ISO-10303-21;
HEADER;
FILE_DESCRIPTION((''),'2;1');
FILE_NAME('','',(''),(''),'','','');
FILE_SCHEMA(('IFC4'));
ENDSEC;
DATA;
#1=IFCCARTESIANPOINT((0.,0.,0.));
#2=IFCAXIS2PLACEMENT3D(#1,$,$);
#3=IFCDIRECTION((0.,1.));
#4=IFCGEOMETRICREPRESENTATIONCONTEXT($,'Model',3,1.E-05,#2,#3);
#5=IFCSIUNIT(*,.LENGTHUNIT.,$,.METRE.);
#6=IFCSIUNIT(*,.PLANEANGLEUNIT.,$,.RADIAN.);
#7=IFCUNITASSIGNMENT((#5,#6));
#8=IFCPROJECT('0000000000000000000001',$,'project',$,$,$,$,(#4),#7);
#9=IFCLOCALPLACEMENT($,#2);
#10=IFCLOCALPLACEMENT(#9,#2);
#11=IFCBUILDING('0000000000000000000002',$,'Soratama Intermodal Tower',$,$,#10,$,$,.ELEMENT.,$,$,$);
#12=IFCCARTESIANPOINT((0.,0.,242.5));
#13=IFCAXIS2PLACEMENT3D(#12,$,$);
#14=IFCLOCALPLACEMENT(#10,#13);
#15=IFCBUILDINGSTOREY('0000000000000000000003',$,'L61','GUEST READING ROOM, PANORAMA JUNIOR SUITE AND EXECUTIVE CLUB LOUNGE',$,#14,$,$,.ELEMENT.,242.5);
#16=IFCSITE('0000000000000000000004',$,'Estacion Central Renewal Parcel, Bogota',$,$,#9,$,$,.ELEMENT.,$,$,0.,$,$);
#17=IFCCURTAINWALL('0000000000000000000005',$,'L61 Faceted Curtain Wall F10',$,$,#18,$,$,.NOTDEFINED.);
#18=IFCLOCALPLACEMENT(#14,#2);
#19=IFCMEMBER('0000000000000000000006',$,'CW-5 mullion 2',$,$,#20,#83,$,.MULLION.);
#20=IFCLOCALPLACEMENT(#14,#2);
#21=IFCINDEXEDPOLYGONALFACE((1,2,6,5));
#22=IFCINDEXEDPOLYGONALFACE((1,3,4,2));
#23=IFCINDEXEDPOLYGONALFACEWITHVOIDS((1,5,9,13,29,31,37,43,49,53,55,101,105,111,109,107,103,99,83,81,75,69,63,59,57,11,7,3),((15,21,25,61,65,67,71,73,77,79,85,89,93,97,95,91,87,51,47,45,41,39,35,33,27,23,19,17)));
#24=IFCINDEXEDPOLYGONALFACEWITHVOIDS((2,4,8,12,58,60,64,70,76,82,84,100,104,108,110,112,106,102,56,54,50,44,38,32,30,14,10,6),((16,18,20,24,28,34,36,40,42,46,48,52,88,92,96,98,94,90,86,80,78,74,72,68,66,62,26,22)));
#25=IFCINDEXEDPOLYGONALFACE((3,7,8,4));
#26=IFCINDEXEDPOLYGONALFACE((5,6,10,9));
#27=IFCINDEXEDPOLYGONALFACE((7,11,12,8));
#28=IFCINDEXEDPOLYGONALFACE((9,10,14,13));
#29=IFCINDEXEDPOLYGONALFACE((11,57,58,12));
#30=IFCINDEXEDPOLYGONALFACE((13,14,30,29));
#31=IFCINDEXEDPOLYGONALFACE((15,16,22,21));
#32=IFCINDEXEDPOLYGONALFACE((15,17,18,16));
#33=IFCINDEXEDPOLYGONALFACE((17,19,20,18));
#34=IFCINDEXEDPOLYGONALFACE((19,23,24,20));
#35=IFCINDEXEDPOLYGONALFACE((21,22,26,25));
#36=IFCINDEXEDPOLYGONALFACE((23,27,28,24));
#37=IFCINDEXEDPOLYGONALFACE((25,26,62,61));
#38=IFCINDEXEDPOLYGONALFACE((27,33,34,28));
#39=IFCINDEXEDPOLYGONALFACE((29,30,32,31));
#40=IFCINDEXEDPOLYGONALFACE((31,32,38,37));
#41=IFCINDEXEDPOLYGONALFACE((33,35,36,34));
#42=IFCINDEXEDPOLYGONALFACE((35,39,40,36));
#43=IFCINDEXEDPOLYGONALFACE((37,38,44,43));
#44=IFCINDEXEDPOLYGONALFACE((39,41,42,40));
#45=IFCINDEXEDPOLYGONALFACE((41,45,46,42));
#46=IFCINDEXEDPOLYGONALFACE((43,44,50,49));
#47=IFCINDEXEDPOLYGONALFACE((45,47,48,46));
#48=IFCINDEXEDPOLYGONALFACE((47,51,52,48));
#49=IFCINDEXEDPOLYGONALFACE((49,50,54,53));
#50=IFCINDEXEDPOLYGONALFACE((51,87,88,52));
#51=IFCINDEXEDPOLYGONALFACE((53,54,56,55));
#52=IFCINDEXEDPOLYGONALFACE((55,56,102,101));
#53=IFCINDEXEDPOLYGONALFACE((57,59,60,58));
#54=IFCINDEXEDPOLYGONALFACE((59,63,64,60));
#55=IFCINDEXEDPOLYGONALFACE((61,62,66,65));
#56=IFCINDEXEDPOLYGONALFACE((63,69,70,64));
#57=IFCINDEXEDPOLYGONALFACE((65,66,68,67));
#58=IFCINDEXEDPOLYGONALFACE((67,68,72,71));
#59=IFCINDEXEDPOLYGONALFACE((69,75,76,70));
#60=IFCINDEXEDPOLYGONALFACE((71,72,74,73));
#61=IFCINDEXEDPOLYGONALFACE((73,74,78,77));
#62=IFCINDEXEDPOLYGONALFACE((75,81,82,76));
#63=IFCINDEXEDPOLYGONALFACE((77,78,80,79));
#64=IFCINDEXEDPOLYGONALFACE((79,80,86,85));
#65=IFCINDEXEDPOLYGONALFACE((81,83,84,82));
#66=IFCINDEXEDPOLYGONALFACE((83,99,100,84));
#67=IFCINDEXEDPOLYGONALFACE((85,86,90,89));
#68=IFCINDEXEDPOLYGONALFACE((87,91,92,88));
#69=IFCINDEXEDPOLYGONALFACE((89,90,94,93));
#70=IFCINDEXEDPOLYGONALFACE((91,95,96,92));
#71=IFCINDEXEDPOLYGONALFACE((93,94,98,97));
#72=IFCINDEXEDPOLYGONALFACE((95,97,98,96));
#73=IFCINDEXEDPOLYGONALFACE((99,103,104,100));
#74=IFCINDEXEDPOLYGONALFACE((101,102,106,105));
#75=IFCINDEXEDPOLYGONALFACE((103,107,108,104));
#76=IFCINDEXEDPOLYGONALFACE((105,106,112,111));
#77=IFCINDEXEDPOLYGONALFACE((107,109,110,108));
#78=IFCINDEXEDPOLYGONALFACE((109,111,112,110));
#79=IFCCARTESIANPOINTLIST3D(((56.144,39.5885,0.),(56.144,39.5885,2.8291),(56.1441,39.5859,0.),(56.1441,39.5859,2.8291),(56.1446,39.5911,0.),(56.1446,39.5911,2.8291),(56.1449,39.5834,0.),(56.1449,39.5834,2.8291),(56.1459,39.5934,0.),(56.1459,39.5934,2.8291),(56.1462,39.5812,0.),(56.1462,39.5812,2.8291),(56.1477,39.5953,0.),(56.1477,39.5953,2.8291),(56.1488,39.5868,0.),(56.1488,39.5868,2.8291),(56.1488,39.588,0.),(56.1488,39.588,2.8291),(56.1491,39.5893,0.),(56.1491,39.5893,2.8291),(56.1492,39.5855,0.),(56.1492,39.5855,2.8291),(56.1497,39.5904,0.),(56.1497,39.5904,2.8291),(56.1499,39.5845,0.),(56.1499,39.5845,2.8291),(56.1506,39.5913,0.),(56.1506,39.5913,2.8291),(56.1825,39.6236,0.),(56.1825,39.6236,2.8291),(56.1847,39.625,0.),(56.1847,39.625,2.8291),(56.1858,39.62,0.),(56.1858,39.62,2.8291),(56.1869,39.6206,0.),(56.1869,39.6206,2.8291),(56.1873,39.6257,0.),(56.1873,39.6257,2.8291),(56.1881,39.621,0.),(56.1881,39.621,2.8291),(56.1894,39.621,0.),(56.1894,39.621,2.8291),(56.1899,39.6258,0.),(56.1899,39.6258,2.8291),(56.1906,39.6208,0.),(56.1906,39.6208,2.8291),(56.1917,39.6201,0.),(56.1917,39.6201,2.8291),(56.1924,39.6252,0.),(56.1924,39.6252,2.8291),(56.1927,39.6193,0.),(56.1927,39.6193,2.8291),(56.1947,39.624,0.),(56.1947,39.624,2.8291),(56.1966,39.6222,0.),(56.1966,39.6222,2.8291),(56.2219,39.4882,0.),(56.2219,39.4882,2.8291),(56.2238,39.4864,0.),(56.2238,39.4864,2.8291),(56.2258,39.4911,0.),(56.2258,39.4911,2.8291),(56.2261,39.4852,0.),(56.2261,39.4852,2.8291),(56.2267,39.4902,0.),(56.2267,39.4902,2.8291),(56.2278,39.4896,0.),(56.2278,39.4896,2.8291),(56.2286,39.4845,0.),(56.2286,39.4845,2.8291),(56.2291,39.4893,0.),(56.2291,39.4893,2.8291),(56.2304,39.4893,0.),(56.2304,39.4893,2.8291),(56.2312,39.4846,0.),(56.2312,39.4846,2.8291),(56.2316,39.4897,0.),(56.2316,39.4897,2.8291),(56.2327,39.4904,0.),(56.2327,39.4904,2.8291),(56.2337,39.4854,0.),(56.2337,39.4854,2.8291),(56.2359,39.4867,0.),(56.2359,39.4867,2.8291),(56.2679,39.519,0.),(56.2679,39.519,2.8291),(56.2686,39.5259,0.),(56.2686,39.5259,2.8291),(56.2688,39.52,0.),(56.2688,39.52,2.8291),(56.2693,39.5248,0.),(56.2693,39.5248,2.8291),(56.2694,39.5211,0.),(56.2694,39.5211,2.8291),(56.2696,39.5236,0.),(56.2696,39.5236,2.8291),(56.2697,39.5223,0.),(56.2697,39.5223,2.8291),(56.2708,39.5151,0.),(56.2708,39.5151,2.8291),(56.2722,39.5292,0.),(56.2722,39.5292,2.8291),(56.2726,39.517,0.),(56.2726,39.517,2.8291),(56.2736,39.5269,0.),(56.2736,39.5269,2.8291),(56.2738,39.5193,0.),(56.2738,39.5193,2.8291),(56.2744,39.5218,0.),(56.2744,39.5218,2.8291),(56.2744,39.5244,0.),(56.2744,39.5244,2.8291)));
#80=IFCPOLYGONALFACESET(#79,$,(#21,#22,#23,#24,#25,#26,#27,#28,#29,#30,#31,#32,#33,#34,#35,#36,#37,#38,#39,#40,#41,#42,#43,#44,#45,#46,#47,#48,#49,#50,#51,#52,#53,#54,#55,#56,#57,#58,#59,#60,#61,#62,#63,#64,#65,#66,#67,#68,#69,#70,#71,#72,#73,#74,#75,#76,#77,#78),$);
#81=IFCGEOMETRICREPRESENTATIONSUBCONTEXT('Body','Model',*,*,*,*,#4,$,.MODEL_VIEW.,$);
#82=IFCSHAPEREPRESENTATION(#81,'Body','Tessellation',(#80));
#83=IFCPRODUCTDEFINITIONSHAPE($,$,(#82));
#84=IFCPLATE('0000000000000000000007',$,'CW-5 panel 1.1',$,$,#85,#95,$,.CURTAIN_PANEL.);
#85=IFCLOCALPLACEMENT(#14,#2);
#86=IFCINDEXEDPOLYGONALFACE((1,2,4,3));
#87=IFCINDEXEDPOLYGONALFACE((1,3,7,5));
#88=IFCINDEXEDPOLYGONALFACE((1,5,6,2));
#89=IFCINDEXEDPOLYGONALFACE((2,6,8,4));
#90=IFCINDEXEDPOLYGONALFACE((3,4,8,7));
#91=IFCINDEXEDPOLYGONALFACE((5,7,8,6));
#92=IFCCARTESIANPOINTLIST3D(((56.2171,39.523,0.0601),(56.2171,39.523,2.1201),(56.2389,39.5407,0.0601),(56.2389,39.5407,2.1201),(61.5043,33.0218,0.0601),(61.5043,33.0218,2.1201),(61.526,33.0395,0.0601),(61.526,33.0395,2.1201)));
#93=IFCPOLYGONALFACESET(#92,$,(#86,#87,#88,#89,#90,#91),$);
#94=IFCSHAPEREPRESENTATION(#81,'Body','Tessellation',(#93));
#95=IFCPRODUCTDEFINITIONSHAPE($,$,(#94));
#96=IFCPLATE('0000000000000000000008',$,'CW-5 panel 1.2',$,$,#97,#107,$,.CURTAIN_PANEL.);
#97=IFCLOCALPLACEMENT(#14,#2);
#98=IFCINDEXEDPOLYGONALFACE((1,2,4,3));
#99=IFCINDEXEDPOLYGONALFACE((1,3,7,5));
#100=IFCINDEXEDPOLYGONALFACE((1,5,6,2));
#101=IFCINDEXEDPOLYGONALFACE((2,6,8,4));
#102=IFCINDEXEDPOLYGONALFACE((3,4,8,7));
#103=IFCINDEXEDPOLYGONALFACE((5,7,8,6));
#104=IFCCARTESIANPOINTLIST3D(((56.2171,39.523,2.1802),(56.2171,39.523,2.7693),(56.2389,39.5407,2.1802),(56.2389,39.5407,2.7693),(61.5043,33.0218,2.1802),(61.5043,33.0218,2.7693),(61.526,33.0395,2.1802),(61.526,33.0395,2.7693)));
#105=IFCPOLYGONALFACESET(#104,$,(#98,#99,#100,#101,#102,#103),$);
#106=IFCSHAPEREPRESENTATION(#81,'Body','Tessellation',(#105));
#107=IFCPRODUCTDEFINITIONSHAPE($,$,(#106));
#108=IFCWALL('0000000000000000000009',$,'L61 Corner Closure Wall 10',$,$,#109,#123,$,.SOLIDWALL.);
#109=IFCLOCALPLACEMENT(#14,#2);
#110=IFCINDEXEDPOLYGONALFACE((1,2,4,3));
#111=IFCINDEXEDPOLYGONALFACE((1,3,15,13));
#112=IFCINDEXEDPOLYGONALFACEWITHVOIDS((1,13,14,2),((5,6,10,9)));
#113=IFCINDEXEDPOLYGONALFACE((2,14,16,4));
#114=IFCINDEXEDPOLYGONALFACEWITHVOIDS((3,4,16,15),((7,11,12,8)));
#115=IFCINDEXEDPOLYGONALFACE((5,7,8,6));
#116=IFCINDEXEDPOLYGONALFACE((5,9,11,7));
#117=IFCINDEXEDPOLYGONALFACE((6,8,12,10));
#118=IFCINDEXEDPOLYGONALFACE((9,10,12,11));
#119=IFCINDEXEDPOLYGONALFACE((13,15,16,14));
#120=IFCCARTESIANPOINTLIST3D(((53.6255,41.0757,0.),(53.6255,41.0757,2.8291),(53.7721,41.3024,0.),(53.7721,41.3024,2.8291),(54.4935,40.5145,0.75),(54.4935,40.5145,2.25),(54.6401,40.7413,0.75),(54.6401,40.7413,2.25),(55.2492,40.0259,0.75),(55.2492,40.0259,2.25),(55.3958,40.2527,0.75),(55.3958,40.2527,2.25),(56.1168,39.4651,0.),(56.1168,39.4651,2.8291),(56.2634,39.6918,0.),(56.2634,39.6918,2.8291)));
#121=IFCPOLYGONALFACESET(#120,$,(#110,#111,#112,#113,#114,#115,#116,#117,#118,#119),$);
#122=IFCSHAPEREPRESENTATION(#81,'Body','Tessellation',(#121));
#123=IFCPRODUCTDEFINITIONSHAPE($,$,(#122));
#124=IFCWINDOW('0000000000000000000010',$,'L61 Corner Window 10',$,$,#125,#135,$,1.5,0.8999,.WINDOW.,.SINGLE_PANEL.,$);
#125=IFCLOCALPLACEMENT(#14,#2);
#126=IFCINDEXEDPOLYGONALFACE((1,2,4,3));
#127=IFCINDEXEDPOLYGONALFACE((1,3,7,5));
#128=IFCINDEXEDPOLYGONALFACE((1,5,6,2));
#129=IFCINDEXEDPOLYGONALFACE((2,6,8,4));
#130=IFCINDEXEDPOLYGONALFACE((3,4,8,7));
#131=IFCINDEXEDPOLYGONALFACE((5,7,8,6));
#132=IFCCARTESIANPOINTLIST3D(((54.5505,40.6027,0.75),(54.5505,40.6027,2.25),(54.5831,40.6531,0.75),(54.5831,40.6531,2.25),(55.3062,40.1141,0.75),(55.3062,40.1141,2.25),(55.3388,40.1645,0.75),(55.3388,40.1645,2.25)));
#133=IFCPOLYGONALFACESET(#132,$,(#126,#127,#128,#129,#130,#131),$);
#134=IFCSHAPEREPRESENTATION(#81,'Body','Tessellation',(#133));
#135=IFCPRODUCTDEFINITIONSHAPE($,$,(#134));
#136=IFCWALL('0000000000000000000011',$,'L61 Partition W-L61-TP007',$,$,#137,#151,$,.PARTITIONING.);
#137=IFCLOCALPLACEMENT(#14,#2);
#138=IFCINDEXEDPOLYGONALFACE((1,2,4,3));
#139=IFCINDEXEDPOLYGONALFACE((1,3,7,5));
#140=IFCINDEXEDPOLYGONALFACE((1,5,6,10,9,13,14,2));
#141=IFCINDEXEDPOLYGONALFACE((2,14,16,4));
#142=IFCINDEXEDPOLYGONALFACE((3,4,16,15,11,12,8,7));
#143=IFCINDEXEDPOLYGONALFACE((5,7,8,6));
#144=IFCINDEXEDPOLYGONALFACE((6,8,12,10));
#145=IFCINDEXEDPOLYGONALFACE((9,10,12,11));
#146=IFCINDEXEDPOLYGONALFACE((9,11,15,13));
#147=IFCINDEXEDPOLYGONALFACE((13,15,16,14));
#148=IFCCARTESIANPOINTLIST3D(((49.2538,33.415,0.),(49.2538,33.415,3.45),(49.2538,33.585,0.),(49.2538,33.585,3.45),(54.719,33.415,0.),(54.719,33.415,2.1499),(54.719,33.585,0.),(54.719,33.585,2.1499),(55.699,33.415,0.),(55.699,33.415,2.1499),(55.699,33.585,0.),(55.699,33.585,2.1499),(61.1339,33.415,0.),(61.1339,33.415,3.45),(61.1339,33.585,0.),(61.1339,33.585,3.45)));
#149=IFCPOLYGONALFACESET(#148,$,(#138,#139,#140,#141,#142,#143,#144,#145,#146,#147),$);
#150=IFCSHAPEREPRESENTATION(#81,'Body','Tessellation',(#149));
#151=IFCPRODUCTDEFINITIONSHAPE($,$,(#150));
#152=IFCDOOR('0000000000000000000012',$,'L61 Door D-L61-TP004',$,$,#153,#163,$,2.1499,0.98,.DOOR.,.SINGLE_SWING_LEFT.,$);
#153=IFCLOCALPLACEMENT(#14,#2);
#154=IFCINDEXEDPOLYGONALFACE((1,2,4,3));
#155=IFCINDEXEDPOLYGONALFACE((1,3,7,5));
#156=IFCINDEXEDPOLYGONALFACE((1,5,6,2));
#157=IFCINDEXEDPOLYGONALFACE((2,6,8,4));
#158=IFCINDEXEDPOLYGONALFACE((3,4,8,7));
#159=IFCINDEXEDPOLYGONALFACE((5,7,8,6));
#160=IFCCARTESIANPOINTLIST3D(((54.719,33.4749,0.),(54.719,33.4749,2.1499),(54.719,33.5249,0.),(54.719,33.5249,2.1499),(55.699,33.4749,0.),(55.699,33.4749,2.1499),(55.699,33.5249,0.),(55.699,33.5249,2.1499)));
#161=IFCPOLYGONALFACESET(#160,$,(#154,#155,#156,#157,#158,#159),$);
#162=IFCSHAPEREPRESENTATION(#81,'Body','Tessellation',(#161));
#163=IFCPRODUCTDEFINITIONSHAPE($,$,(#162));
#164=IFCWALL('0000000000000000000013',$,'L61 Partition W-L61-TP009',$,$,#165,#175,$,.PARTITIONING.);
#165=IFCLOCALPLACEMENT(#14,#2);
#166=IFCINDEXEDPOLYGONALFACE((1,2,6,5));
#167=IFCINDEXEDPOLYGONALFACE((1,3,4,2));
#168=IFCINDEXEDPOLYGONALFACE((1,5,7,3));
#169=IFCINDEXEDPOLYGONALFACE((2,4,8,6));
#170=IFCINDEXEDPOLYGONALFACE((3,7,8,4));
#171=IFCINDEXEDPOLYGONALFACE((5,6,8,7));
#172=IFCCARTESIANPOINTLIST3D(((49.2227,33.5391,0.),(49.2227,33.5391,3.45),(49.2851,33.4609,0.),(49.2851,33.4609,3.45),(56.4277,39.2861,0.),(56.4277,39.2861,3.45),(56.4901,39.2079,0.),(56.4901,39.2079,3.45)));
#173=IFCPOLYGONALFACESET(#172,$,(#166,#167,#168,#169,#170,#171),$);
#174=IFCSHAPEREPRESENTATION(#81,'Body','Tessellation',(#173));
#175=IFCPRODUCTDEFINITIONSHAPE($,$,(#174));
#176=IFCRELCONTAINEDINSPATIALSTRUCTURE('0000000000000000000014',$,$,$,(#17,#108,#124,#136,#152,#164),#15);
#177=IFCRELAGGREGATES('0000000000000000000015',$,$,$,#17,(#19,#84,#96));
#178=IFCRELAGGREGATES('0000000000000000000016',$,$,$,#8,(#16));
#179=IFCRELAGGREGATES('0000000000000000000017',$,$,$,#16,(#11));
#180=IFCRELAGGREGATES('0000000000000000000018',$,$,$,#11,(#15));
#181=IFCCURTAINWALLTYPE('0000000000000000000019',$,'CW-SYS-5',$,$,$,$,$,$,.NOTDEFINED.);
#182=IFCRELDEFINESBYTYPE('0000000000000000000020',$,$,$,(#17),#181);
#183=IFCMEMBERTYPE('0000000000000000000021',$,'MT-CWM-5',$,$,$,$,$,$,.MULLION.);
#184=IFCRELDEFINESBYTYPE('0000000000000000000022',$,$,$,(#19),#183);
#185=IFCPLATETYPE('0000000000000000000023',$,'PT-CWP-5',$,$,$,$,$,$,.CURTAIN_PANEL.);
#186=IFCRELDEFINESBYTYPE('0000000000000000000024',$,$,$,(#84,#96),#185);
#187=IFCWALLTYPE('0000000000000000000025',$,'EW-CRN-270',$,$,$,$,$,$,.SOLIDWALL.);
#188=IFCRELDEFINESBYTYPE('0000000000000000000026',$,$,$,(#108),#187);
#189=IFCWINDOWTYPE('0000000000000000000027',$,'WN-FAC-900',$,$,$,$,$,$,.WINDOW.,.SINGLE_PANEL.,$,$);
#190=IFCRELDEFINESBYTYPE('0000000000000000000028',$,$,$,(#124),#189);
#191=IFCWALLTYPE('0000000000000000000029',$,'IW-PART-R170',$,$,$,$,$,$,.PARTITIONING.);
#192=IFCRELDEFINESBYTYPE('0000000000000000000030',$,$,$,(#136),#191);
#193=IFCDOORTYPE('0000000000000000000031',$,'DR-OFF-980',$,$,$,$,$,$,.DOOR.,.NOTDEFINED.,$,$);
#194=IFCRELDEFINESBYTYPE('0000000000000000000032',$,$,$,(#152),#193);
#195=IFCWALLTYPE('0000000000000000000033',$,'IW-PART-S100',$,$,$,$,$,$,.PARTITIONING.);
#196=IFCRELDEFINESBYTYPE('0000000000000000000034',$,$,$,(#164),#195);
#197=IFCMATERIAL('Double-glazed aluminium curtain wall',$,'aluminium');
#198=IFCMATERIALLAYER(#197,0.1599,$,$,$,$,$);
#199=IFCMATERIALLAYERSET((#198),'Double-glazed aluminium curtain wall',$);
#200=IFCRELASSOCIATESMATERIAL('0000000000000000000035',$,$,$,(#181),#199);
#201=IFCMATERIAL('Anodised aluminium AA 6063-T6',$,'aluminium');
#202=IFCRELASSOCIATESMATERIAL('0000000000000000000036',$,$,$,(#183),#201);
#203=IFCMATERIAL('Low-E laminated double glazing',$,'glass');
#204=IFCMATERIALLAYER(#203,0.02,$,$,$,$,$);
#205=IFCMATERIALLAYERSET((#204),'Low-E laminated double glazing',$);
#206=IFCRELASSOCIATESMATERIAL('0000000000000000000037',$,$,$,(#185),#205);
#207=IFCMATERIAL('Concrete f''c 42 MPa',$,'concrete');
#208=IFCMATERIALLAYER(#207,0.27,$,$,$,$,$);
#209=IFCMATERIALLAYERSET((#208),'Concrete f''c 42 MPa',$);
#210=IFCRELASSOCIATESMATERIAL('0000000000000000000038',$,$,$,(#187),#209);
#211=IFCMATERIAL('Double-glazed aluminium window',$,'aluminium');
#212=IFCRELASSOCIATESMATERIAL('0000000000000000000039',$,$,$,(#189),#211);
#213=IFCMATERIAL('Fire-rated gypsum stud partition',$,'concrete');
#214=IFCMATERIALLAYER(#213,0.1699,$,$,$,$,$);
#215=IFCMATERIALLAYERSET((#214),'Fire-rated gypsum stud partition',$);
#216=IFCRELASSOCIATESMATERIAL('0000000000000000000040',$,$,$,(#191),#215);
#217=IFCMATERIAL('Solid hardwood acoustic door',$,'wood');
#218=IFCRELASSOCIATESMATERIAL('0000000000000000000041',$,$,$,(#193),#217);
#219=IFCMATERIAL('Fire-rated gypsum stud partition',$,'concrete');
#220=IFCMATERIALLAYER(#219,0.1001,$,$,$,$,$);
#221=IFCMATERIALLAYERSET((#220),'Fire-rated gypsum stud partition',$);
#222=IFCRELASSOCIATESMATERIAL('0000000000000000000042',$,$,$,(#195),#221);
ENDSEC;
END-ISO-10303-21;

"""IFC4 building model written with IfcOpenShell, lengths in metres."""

from ifc_helpers import new_model, si_unit, direction, frame, frame_2d, origin, origin_2d, place, context, subcontext, project, spatial, rectangle, hollow_rectangle, extrude, material, layer, layer_set, material_profile, profile_set, type_object, element, fill, aggregate, save


model = new_model("IFC4")

# Units and contexts
model_context = context("Model", 3, precision=1e-05, world=origin(), true_north=direction((0.0, 1.0)))
body_context = subcontext(model_context, "Body", "Model", "MODEL_VIEW")
ifc_project = project(units=[si_unit("LENGTHUNIT", "METRE"), si_unit("PLANEANGLEUNIT", "RADIAN")], contexts=[model_context])

# Site, building, storey
site_placement = place(None, origin())
site = spatial("IfcSite", under=ifc_project, at=site_placement, Name="Estacion Central Renewal Parcel, Bogota", CompositionType="ELEMENT", RefElevation=0.0)
building_placement = place(site_placement, origin())
building = spatial("IfcBuilding", under=site, at=building_placement, Name="Soratama Intermodal Tower", CompositionType="ELEMENT")
storey_placement = place(building_placement, frame((0.0, 0.0, 242.5)))
storey = spatial("IfcBuildingStorey", under=building, at=storey_placement, Name="L61", Description="GUEST READING ROOM, PANORAMA JUNIOR SUITE AND EXECUTIVE CLUB LOUNGE", CompositionType="ELEMENT", Elevation=242.5)

# Curtain wall, member, plates
ifc_material_1 = material(Name="Double-glazed aluminium curtain wall", Category="aluminium")
ifc_layer_1 = layer(ifc_material_1, 0.1599)
ifc_layer_set_1 = layer_set([ifc_layer_1], Name="Double-glazed aluminium curtain wall")
curtain_wall_type = type_object("IfcCurtainWallType", Name="CW-SYS-5", PredefinedType="NOTDEFINED", material=ifc_layer_set_1)
curtain_wall_placement = place(storey_placement, origin())
curtain_wall = element("IfcCurtainWall", 1, at=curtain_wall_placement, inside=storey, type_object=curtain_wall_type, Name="L61 Faceted Curtain Wall F10", PredefinedType="NOTDEFINED")
ifc_material_2 = material(Name="Anodised aluminium AA 6063-T6", Category="aluminium")
ifc_material_profile_1 = material_profile(ifc_material_2, hollow_rectangle(XDim=0.0649, YDim=0.1399, WallThickness=0.0049, InnerFilletRadius=0.0049, OuterFilletRadius=0.01, at=origin_2d()), Name="CWM140X65X5")
ifc_profile_set_1 = profile_set([ifc_material_profile_1], Name="Anodised aluminium AA 6063-T6")
member_type = type_object("IfcMemberType", Name="MT-CWM-5", PredefinedType="MULLION", material=ifc_profile_set_1)
member_placement = place(storey_placement, frame((56.2092, 39.5552, 0.0), z_axis=(0.0, 0.0, 1.0), x_axis=(-0.775824, -0.630949, 0.0)))
member = element("IfcMember", 2, at=member_placement, type_object=member_type, Name="CW-5 mullion 2", PredefinedType="MULLION", context=body_context, shape_type="SweptSolid", body=[
    extrude(hollow_rectangle(XDim=0.0649, YDim=0.1399, WallThickness=0.0049, InnerFilletRadius=0.0049, OuterFilletRadius=0.01, at=origin_2d()), origin(), (0.0, 0.0, 1.0), 2.8291),
])
ifc_material_3 = material(Name="Low-E laminated double glazing", Category="glass")
ifc_layer_2 = layer(ifc_material_3, 0.02)
ifc_layer_set_2 = layer_set([ifc_layer_2], Name="Low-E laminated double glazing")
plate_type = type_object("IfcPlateType", Name="PT-CWP-5", PredefinedType="CURTAIN_PANEL", material=ifc_layer_set_2)
plate_1_placement = place(storey_placement, frame((58.8716, 36.2812, 0.0601), z_axis=(0.0, 0.0, 1.0), x_axis=(-0.630949, 0.775824, 0.0)))
plate_1 = element("IfcPlate", 3, at=plate_1_placement, type_object=plate_type, Name="CW-5 panel 1.1", PredefinedType="CURTAIN_PANEL", context=body_context, shape_type="SweptSolid", body=[
    extrude(rectangle(XDim=8.3796, YDim=0.0281, at=origin_2d()), origin(), (0.0, 0.0, 1.0), 2.0601),
])
plate_2_placement = place(storey_placement, frame((58.8716, 36.2812, 2.1802), z_axis=(0.0, 0.0, 1.0), x_axis=(-0.630949, 0.775824, 0.0)))
plate_2 = element("IfcPlate", 4, at=plate_2_placement, type_object=plate_type, Name="CW-5 panel 1.2", PredefinedType="CURTAIN_PANEL", context=body_context, shape_type="SweptSolid", body=[
    extrude(rectangle(XDim=8.3796, YDim=0.0281, at=origin_2d()), origin(), (0.0, 0.0, 1.0), 0.5891),
])
aggregate(curtain_wall, [member, plate_1, plate_2])

# Wall, opening, window
ifc_material_4 = material(Name="Concrete f'c 42 MPa", Category="concrete")
ifc_layer_3 = layer(ifc_material_4, 0.27)
ifc_layer_set_3 = layer_set([ifc_layer_3], Name="Concrete f'c 42 MPa")
wall_type_1 = type_object("IfcWallType", Name="EW-CRN-270", PredefinedType="SOLIDWALL", material=ifc_layer_set_3)
wall_1_placement = place(storey_placement, frame((56.1902, 39.5784, 0.0), z_axis=(0.0, 0.0, 1.0), x_axis=(-0.83978, 0.542927, 0.0)))
wall_1 = element("IfcWall", 5, at=wall_1_placement, inside=storey, type_object=wall_type_1, Name="L61 Corner Closure Wall 10", PredefinedType="SOLIDWALL", context=body_context, shape_type="SweptSolid", body=[
    extrude(rectangle(XDim=2.9666, YDim=0.27, at=frame_2d((1.4834, 0.0))), origin(), (0.0, 0.0, 1.0), 2.8291),
])
opening_1_placement = place(wall_1_placement, frame((1.0332, 0.0, 0.75)))
opening_1 = element("IfcOpeningElement", 6, at=opening_1_placement, cuts=wall_1, PredefinedType="OPENING", context=body_context, shape_type="SweptSolid", body=[
    extrude(rectangle(XDim=0.8999, YDim=1.5, at=frame_2d((0.45, 0.75))), frame((0.0, 0.145, 0.0), z_axis=(0.0, -1.0, 0.0), x_axis=(1.0, 0.0, 0.0)), (0.0, 0.0, 1.0), 0.29),
])
ifc_material_5 = material(Name="Double-glazed aluminium window", Category="aluminium")
window_type_1 = type_object("IfcWindowType", Name="WN-FAC-900", PartitioningType="SINGLE_PANEL", PredefinedType="WINDOW", material=ifc_material_5)
window_1_placement = place(opening_1_placement, origin())
window_1 = element("IfcWindow", 7, at=window_1_placement, inside=storey, type_object=window_type_1, Name="L61 Corner Window 10", OverallHeight=1.5, OverallWidth=0.8999, PartitioningType="SINGLE_PANEL", PredefinedType="WINDOW", context=body_context, shape_type="SweptSolid", body=[
    extrude(rectangle(XDim=0.8999, YDim=1.5, at=frame_2d((0.45, 0.75))), frame((0.0, 0.03, 0.0), z_axis=(0.0, -1.0, 0.0), x_axis=(1.0, 0.0, 0.0)), (0.0, 0.0, 1.0), 0.0601),
])
fill(opening_1, window_1)

# Wall, opening, door
ifc_material_6 = material(Name="Fire-rated gypsum stud partition", Category="concrete")
ifc_layer_4 = layer(ifc_material_6, 0.1699)
ifc_layer_set_4 = layer_set([ifc_layer_4], Name="Fire-rated gypsum stud partition")
wall_type_2 = type_object("IfcWallType", Name="IW-PART-R170", PredefinedType="PARTITIONING", material=ifc_layer_set_4)
wall_2_placement = place(storey_placement, frame((49.2539, 33.5, 0.0), z_axis=(0.0, 0.0, 1.0), x_axis=(1.0, 0.0, 0.0)))
wall_2 = element("IfcWall", 8, at=wall_2_placement, inside=storey, type_object=wall_type_2, Name="L61 Partition W-L61-TP007", PredefinedType="PARTITIONING", context=body_context, shape_type="SweptSolid", body=[
    extrude(rectangle(XDim=11.8801, YDim=0.1699, at=frame_2d((5.9399, 0.0))), origin(), (0.0, 0.0, 1.0), 3.45),
])
opening_2_placement = place(wall_2_placement, frame((5.4651, 0.0, 0.0)))
opening_2 = element("IfcOpeningElement", 9, at=opening_2_placement, cuts=wall_2, PredefinedType="OPENING", context=body_context, shape_type="SweptSolid", body=[
    extrude(rectangle(XDim=0.98, YDim=2.1499, at=frame_2d((0.49, 1.075))), frame((0.0, 0.095, 0.0), z_axis=(0.0, -1.0, 0.0), x_axis=(1.0, 0.0, 0.0)), (0.0, 0.0, 1.0), 0.1899),
])
ifc_material_7 = material(Name="Solid hardwood acoustic door", Category="wood")
door_type_1 = type_object("IfcDoorType", Name="DR-OFF-980", OperationType="NOTDEFINED", PredefinedType="DOOR", material=ifc_material_7)
door_1_placement = place(opening_2_placement, origin())
door_1 = element("IfcDoor", 10, at=door_1_placement, inside=storey, type_object=door_type_1, Name="L61 Door D-L61-TP004", OperationType="SINGLE_SWING_LEFT", OverallHeight=2.1499, OverallWidth=0.98, PredefinedType="DOOR", context=body_context, shape_type="SweptSolid", body=[
    extrude(rectangle(XDim=0.98, YDim=2.1499, at=frame_2d((0.49, 1.075))), frame((0.0, 0.0249, 0.0), z_axis=(0.0, -1.0, 0.0), x_axis=(1.0, 0.0, 0.0)), (0.0, 0.0, 1.0), 0.05),
])
fill(opening_2, door_1)

# Wall
ifc_material_8 = material(Name="Fire-rated gypsum stud partition", Category="concrete")
ifc_layer_5 = layer(ifc_material_8, 0.1001)
ifc_layer_set_5 = layer_set([ifc_layer_5], Name="Fire-rated gypsum stud partition")
wall_type_3 = type_object("IfcWallType", Name="IW-PART-S100", PredefinedType="PARTITIONING", material=ifc_layer_set_5)
wall_3_placement = place(storey_placement, frame((49.2539, 33.5, 0.0), z_axis=(0.0, 0.0, 1.0), x_axis=(0.781767, 0.62357, 0.0)))
element("IfcWall", 11, at=wall_3_placement, inside=storey, type_object=wall_type_3, Name="L61 Partition W-L61-TP009", PredefinedType="PARTITIONING", context=body_context, shape_type="SweptSolid", body=[
    extrude(rectangle(XDim=9.2163, YDim=0.1001, at=frame_2d((4.6082, 0.0))), origin(), (0.0, 0.0, 1.0), 3.45),
])

save(model, "model.ifc")
